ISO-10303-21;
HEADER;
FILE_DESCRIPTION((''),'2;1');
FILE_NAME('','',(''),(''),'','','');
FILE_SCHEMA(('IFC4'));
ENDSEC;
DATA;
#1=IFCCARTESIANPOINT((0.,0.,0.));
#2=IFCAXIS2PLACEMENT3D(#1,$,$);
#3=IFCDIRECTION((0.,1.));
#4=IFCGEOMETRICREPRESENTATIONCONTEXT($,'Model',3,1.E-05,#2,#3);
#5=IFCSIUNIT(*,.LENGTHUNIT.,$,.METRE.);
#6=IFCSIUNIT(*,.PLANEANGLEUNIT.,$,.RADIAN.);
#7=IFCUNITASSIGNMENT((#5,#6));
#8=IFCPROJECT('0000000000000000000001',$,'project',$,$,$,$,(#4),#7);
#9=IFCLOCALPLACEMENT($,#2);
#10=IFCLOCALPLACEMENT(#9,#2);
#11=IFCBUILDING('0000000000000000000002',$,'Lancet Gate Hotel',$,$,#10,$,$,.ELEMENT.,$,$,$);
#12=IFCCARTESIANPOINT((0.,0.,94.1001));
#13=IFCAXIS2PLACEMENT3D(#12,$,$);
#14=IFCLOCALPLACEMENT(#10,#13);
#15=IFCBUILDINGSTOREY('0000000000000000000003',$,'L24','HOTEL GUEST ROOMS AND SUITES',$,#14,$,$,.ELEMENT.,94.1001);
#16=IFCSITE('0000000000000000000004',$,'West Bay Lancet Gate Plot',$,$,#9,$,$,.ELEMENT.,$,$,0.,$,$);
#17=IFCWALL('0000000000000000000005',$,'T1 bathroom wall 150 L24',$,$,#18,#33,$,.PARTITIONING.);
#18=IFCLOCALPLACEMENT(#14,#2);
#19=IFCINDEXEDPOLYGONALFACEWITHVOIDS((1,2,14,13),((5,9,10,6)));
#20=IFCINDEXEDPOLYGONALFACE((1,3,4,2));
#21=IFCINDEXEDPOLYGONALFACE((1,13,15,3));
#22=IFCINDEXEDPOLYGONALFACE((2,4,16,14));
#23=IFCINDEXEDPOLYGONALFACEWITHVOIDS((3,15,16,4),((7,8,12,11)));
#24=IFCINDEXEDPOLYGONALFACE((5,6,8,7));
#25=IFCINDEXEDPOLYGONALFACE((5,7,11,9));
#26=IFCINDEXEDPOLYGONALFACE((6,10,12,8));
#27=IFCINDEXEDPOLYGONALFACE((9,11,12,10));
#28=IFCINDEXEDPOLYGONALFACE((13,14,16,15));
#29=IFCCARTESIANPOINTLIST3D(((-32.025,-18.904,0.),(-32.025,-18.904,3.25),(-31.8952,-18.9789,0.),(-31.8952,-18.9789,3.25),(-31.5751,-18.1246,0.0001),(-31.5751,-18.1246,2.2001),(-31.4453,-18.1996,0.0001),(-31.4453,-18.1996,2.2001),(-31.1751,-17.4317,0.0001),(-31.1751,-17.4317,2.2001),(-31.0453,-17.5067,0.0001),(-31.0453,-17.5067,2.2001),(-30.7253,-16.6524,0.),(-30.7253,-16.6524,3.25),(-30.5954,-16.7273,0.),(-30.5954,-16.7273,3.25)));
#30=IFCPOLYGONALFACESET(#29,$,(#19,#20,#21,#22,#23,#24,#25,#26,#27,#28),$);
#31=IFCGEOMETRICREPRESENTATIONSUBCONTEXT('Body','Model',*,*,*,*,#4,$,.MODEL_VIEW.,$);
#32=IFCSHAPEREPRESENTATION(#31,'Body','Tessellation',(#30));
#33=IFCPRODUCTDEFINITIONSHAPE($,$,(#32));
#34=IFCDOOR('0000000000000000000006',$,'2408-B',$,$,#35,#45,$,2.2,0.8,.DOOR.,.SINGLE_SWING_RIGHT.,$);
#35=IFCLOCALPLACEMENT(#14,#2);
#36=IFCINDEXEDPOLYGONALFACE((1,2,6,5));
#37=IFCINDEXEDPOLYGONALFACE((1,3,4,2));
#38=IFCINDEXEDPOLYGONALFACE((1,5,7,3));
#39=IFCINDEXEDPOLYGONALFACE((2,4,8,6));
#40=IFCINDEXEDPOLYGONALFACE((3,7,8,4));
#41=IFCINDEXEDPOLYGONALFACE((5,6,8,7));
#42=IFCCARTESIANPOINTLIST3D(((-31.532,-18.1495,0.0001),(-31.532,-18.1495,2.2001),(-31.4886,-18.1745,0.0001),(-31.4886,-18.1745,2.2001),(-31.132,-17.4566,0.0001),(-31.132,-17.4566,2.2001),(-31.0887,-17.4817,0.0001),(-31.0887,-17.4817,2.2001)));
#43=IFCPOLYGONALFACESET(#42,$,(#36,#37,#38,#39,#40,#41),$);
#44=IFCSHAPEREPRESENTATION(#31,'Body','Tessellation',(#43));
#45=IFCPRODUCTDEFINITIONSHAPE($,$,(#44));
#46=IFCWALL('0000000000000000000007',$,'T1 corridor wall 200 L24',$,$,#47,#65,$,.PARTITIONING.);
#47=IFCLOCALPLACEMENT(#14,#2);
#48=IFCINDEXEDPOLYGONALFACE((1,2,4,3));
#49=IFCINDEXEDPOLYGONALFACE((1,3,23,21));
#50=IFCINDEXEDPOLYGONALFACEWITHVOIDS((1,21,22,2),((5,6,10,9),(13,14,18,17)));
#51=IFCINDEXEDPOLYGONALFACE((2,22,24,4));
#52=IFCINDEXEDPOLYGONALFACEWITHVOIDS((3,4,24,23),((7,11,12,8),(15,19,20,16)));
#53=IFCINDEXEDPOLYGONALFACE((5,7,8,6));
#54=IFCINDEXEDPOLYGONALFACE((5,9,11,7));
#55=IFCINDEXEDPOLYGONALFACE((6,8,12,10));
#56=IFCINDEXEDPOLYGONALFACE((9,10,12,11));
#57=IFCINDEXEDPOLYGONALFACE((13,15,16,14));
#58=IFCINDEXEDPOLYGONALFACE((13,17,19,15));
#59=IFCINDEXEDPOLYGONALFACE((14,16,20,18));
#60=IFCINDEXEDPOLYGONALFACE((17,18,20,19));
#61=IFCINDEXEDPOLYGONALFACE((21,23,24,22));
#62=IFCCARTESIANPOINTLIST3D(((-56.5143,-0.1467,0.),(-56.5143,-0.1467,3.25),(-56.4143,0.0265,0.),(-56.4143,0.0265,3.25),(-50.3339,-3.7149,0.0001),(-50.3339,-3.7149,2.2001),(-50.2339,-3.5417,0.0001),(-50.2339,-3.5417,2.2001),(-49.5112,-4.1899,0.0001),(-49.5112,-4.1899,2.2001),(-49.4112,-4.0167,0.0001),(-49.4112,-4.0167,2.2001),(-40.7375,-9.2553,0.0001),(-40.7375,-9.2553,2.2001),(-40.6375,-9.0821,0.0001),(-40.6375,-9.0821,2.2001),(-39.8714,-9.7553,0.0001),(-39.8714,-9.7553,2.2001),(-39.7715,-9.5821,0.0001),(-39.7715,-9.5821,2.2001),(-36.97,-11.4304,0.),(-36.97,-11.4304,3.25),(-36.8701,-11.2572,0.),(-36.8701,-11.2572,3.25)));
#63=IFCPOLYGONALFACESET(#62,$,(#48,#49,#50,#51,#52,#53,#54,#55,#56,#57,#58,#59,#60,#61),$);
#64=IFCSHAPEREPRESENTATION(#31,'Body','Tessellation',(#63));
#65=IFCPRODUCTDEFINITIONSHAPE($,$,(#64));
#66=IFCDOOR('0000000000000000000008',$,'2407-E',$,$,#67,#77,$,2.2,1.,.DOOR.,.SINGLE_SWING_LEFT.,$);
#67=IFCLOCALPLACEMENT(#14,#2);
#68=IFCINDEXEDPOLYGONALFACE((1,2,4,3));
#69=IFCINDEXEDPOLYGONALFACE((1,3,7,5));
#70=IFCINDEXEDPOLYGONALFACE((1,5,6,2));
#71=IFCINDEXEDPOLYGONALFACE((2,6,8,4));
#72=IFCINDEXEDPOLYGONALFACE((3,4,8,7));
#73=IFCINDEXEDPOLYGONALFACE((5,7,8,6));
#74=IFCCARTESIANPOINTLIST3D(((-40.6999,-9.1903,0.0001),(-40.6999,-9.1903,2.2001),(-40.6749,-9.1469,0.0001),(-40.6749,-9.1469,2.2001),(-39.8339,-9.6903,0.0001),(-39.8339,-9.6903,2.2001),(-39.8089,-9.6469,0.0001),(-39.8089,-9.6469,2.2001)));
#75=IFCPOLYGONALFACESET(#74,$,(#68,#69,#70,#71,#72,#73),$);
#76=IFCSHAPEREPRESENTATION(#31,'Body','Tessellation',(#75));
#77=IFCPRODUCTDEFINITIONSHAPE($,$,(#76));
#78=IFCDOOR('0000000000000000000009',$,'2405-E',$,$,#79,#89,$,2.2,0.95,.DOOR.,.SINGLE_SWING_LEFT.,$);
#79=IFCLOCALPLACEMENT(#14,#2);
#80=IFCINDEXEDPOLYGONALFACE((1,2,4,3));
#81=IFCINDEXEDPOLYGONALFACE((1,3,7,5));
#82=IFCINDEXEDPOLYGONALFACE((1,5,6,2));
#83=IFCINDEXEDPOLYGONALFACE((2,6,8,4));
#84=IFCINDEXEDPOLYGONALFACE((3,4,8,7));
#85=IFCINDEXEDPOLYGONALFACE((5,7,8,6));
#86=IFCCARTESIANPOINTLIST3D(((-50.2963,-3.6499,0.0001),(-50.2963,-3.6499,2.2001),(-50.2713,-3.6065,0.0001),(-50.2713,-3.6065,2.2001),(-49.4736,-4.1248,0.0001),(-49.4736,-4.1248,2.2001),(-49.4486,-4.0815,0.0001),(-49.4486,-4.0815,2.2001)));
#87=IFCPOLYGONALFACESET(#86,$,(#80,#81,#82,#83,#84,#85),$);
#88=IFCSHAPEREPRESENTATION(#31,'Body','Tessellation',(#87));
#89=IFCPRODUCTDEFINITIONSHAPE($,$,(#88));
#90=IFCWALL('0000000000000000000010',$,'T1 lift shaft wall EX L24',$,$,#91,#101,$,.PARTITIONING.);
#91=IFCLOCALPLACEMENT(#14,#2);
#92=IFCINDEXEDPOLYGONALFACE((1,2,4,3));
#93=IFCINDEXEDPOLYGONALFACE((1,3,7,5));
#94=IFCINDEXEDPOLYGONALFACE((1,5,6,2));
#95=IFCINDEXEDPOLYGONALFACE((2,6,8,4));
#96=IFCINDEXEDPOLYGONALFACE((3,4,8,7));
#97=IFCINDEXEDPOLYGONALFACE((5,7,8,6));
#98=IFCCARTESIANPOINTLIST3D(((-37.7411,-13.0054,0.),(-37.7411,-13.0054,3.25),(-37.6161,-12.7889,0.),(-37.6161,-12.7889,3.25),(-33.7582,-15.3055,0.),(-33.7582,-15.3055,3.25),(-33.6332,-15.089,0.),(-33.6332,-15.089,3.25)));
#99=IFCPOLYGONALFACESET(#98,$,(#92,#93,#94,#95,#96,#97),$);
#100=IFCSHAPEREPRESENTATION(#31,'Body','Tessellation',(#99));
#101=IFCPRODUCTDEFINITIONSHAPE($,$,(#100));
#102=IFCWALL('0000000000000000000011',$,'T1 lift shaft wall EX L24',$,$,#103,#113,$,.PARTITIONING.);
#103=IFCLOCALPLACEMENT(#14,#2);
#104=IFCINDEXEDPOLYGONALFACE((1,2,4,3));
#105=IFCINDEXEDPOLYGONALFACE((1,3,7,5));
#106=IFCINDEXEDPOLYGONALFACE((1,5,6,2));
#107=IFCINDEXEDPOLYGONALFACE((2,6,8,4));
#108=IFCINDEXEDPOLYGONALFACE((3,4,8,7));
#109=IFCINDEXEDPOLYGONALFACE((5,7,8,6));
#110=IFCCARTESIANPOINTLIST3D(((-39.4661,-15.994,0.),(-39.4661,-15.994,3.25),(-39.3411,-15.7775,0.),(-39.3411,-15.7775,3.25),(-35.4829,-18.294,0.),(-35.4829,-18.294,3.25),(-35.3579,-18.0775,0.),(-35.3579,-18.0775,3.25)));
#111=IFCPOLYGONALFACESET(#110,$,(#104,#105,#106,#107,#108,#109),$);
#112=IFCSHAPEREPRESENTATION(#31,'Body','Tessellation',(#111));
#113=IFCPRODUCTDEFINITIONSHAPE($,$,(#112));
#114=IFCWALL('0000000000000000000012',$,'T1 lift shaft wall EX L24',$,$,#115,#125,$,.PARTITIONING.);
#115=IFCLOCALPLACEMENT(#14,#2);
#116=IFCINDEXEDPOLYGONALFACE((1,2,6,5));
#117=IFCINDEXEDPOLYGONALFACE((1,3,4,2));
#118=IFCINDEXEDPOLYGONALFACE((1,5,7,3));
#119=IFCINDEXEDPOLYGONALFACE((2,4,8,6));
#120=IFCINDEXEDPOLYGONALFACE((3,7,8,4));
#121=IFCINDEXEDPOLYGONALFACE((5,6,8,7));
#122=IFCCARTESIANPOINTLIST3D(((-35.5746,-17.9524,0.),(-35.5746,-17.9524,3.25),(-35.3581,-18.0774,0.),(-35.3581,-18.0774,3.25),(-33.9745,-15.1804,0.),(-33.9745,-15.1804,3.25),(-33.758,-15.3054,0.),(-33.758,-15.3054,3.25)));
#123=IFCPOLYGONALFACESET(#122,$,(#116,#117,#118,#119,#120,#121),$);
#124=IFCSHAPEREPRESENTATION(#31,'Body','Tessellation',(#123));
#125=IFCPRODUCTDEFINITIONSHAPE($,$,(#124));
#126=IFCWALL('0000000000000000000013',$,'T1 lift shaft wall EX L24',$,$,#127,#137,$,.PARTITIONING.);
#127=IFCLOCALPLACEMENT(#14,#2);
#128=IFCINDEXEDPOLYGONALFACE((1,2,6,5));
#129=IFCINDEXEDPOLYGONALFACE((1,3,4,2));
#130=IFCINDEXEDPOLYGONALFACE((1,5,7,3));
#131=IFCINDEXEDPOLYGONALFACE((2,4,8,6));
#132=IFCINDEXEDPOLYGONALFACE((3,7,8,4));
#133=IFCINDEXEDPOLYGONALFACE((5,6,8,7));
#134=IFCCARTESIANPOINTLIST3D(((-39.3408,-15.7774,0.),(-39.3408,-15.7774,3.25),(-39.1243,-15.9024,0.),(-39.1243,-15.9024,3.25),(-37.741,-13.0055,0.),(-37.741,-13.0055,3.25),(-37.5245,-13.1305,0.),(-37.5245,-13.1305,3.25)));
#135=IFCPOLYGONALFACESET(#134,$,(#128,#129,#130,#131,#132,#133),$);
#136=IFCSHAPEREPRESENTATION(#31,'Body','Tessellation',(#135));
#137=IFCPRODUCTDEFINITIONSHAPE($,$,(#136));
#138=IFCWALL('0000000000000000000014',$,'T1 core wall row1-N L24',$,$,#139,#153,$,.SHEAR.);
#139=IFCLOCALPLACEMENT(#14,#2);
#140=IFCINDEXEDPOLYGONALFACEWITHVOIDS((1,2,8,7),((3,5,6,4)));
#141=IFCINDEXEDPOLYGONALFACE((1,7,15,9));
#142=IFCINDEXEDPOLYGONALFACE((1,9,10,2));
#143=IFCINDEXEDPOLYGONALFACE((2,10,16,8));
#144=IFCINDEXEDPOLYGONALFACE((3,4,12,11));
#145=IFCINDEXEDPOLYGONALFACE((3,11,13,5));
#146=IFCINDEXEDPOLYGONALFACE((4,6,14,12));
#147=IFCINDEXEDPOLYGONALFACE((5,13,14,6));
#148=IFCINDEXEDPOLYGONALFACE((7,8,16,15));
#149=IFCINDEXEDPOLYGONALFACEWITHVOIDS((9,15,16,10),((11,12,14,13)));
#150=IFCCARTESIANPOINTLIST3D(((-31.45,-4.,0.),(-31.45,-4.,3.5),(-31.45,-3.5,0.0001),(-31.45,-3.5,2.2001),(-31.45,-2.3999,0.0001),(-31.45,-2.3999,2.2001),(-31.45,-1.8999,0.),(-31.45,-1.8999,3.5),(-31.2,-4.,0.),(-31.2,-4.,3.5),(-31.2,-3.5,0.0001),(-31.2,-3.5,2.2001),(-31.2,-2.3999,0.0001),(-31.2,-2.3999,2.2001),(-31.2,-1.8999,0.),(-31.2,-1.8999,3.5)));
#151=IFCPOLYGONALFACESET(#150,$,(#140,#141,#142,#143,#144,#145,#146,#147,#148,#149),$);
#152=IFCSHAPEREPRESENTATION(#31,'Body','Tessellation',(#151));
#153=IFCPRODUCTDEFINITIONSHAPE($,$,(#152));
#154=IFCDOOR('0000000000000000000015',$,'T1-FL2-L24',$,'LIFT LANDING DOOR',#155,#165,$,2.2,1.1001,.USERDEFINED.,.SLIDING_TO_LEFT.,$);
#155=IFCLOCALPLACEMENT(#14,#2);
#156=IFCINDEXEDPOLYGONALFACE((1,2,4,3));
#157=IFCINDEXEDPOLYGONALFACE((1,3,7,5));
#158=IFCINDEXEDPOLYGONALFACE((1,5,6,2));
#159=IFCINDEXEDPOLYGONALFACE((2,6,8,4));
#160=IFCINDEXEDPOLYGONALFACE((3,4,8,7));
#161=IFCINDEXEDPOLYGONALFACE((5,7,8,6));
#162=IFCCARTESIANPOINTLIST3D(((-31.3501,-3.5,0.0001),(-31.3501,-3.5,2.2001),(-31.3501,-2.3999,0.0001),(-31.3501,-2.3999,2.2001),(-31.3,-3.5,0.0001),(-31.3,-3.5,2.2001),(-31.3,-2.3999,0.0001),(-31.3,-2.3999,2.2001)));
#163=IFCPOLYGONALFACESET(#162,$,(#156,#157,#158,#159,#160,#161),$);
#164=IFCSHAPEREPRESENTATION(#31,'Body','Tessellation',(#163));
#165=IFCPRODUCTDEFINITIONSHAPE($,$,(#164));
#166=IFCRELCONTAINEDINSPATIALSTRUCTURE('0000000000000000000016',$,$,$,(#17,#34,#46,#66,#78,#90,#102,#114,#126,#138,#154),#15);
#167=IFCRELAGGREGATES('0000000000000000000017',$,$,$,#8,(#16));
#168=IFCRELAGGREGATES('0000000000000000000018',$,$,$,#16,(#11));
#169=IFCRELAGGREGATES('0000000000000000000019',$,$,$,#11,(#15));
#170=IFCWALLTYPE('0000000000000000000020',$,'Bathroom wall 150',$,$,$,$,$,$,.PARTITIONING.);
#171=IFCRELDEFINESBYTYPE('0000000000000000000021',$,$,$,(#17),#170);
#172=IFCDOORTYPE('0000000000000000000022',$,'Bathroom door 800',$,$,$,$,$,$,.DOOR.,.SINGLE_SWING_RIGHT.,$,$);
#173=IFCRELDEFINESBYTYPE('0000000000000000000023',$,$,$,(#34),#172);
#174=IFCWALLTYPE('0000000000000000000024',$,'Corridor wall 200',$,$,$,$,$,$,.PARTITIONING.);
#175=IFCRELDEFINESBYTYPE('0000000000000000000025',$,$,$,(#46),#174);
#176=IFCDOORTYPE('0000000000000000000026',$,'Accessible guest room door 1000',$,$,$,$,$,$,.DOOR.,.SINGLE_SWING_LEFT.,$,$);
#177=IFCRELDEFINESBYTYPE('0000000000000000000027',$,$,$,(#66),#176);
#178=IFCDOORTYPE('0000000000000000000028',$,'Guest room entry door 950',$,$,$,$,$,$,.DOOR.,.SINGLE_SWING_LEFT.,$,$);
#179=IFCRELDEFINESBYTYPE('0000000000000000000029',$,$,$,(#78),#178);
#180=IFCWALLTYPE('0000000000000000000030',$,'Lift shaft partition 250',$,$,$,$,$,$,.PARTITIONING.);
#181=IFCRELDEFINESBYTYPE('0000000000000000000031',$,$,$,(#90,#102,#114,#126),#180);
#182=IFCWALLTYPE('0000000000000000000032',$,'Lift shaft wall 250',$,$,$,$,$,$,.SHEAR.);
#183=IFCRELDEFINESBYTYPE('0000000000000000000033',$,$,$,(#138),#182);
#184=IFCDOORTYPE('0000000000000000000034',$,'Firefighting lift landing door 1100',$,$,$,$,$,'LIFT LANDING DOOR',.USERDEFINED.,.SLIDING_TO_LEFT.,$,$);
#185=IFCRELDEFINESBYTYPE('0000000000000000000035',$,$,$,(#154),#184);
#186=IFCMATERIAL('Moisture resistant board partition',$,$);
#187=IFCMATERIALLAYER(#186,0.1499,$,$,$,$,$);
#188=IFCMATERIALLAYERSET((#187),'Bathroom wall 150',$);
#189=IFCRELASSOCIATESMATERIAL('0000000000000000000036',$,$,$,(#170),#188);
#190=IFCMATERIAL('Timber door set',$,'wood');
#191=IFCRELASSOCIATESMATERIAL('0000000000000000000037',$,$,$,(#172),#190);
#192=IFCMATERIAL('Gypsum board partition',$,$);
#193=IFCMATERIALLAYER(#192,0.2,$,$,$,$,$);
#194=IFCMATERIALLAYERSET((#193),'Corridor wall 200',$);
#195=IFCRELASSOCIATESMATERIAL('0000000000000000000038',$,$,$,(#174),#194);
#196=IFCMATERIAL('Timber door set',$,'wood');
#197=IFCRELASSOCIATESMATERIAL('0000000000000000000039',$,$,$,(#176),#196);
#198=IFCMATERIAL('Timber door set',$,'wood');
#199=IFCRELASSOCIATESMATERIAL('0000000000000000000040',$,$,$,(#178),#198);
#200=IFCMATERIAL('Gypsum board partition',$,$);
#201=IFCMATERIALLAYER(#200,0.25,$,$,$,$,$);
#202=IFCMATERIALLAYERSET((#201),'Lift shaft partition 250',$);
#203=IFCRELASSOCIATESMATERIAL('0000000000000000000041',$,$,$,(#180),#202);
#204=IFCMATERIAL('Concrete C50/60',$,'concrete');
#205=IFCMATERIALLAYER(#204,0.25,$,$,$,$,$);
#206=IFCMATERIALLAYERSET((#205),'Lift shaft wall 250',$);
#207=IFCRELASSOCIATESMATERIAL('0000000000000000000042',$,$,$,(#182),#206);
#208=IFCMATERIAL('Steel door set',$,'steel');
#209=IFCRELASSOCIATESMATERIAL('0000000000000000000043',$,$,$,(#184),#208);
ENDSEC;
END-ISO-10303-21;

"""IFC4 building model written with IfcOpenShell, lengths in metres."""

from ifc_helpers import new_model, si_unit, direction, frame, frame_2d, origin, place, context, subcontext, project, spatial, rectangle, extrude, material, layer, layer_set, type_object, element, fill, save


model = new_model("IFC4")

# Units and contexts
model_context = context("Model", 3, precision=1e-05, world=origin(), true_north=direction((0.0, 1.0)))
body_context = subcontext(model_context, "Body", "Model", "MODEL_VIEW")
ifc_project = project(units=[si_unit("LENGTHUNIT", "METRE"), si_unit("PLANEANGLEUNIT", "RADIAN")], contexts=[model_context])

# Site, building, storey
site_placement = place(None, origin())
site = spatial("IfcSite", under=ifc_project, at=site_placement, Name="West Bay Lancet Gate Plot", CompositionType="ELEMENT", RefElevation=0.0)
building_placement = place(site_placement, origin())
building = spatial("IfcBuilding", under=site, at=building_placement, Name="Lancet Gate Hotel", CompositionType="ELEMENT")
storey_placement = place(building_placement, frame((0.0, 0.0, 94.1001)))
storey = spatial("IfcBuildingStorey", under=building, at=storey_placement, Name="L24", Description="HOTEL GUEST ROOMS AND SUITES", CompositionType="ELEMENT", Elevation=94.1001)

# Shared definitions
ifc_material_1 = material(Name="Moisture resistant board partition")
ifc_layer_1 = layer(ifc_material_1, 0.1499)
ifc_layer_set_1 = layer_set([ifc_layer_1], Name="Bathroom wall 150")
wall_type_1 = type_object("IfcWallType", Name="Bathroom wall 150", PredefinedType="PARTITIONING", material=ifc_layer_set_1)

# Wall, opening, door
wall_1_placement = place(storey_placement, frame((-30.6604, -16.6899, 0.0), z_axis=(0.0, 0.0, 1.0), x_axis=(-0.499937, -0.866062, 0.0)))
wall_1 = element("IfcWall", 1, at=wall_1_placement, inside=storey, type_object=wall_type_1, Name="T1 bathroom wall 150 L24", PredefinedType="PARTITIONING", context=body_context, shape_type="SweptSolid", body=[
    extrude(rectangle(XDim=2.5999, YDim=0.1499, at=frame_2d((1.2998, 0.0))), origin(), (0.0, 0.0, 1.0), 3.25),
])
opening_1_placement = place(wall_1_placement, frame((0.8999, 0.0, 0.0)))
opening_1 = element("IfcOpeningElement", 2, at=opening_1_placement, cuts=wall_1, PredefinedType="OPENING", context=body_context, shape_type="SweptSolid", body=[
    extrude(rectangle(XDim=0.8, YDim=2.2, at=frame_2d((0.3999, 1.1001))), frame((0.0, 0.085, 0.0), z_axis=(0.0, -1.0, 0.0), x_axis=(1.0, 0.0, 0.0)), (0.0, 0.0, 1.0), 0.1699),
])
ifc_material_2 = material(Name="Timber door set", Category="wood")
door_type_1 = type_object("IfcDoorType", Name="Bathroom door 800", OperationType="SINGLE_SWING_RIGHT", PredefinedType="DOOR", material=ifc_material_2)
door_1_placement = place(opening_1_placement, origin())
door_1 = element("IfcDoor", 3, at=door_1_placement, inside=storey, type_object=door_type_1, Name="2408-B", OperationType="SINGLE_SWING_RIGHT", OverallHeight=2.2, OverallWidth=0.8, PredefinedType="DOOR", context=body_context, shape_type="SweptSolid", body=[
    extrude(rectangle(XDim=0.8, YDim=2.2, at=frame_2d((0.3999, 1.1001))), frame((0.0, 0.0249, 0.0), z_axis=(0.0, -1.0, 0.0), x_axis=(1.0, 0.0, 0.0)), (0.0, 0.0, 1.0), 0.05),
])
fill(opening_1, door_1)

# Wall, openings, doors
ifc_material_3 = material(Name="Gypsum board partition")
ifc_layer_2 = layer(ifc_material_3, 0.2)
ifc_layer_set_2 = layer_set([ifc_layer_2], Name="Corridor wall 200")
wall_type_2 = type_object("IfcWallType", Name="Corridor wall 200", PredefinedType="PARTITIONING", material=ifc_layer_set_2)
wall_2_placement = place(storey_placement, frame((-36.9202, -11.3438, 0.0), z_axis=(0.0, 0.0, 1.0), x_axis=(-0.866028, 0.499995, 0.0)))
wall_2 = element("IfcWall", 4, at=wall_2_placement, inside=storey, type_object=wall_type_2, Name="T1 corridor wall 200 L24", PredefinedType="PARTITIONING", context=body_context, shape_type="SweptSolid", body=[
    extrude(rectangle(XDim=22.5676, YDim=0.2, at=frame_2d((11.2837, 0.0))), origin(), (0.0, 0.0, 1.0), 3.25),
])
opening_2_placement = place(wall_2_placement, frame((14.481, 0.0, 0.0)))
opening_2 = element("IfcOpeningElement", 5, at=opening_2_placement, cuts=wall_2, PredefinedType="OPENING", context=body_context, shape_type="SweptSolid", body=[
    extrude(rectangle(XDim=0.95, YDim=2.2, at=frame_2d((0.4751, 1.1001))), frame((0.0, 0.1099, 0.0), z_axis=(0.0, -1.0, 0.0), x_axis=(1.0, 0.0, 0.0)), (0.0, 0.0, 1.0), 0.22),
])
opening_3_placement = place(wall_2_placement, frame((3.3501, 0.0, 0.0)))
opening_3 = element("IfcOpeningElement", 6, at=opening_3_placement, cuts=wall_2, PredefinedType="OPENING", context=body_context, shape_type="SweptSolid", body=[
    extrude(rectangle(XDim=1.0, YDim=2.2, at=frame_2d((0.5, 1.1001))), frame((0.0, 0.1099, 0.0), z_axis=(0.0, -1.0, 0.0), x_axis=(1.0, 0.0, 0.0)), (0.0, 0.0, 1.0), 0.22),
])
ifc_material_4 = material(Name="Timber door set", Category="wood")
door_type_2 = type_object("IfcDoorType", Name="Accessible guest room door 1000", OperationType="SINGLE_SWING_LEFT", PredefinedType="DOOR", material=ifc_material_4)
door_2_placement = place(opening_3_placement, origin())
door_2 = element("IfcDoor", 7, at=door_2_placement, inside=storey, type_object=door_type_2, Name="2407-E", OperationType="SINGLE_SWING_LEFT", OverallHeight=2.2, OverallWidth=1.0, PredefinedType="DOOR", context=body_context, shape_type="SweptSolid", body=[
    extrude(rectangle(XDim=1.0, YDim=2.2, at=frame_2d((0.5, 1.1001))), frame((0.0, 0.0249, 0.0), z_axis=(0.0, -1.0, 0.0), x_axis=(1.0, 0.0, 0.0)), (0.0, 0.0, 1.0), 0.05),
])
fill(opening_3, door_2)
ifc_material_5 = material(Name="Timber door set", Category="wood")
door_type_3 = type_object("IfcDoorType", Name="Guest room entry door 950", OperationType="SINGLE_SWING_LEFT", PredefinedType="DOOR", material=ifc_material_5)
door_3_placement = place(opening_2_placement, origin())
door_3 = element("IfcDoor", 8, at=door_3_placement, inside=storey, type_object=door_type_3, Name="2405-E", OperationType="SINGLE_SWING_LEFT", OverallHeight=2.2, OverallWidth=0.95, PredefinedType="DOOR", context=body_context, shape_type="SweptSolid", body=[
    extrude(rectangle(XDim=0.95, YDim=2.2, at=frame_2d((0.4751, 1.1001))), frame((0.0, 0.0249, 0.0), z_axis=(0.0, -1.0, 0.0), x_axis=(1.0, 0.0, 0.0)), (0.0, 0.0, 1.0), 0.05),
])
fill(opening_2, door_3)

# Walls
ifc_material_6 = material(Name="Gypsum board partition")
ifc_layer_3 = layer(ifc_material_6, 0.25)
ifc_layer_set_3 = layer_set([ifc_layer_3], Name="Lift shaft partition 250")
wall_type_3 = type_object("IfcWallType", Name="Lift shaft partition 250", PredefinedType="PARTITIONING", material=ifc_layer_set_3)
wall_3_placement = place(storey_placement, frame((-33.6956, -15.1973, 0.0), z_axis=(0.0, 0.0, 1.0), x_axis=(-0.865977, 0.500084, 0.0)))
element("IfcWall", 9, at=wall_3_placement, inside=storey, type_object=wall_type_3, Name="T1 lift shaft wall EX L24", PredefinedType="PARTITIONING", context=body_context, shape_type="SweptSolid", body=[
    extrude(rectangle(XDim=4.5994, YDim=0.25, at=frame_2d((2.2998, 0.0))), origin(), (0.0, 0.0, 1.0), 3.25),
])
wall_4_placement = place(storey_placement, frame((-35.4204, -18.1858, 0.0), z_axis=(0.0, 0.0, 1.0), x_axis=(-0.86599, 0.500061, 0.0)))
element("IfcWall", 10, at=wall_4_placement, inside=storey, type_object=wall_type_3, Name="T1 lift shaft wall EX L24", PredefinedType="PARTITIONING", context=body_context, shape_type="SweptSolid", body=[
    extrude(rectangle(XDim=4.5996, YDim=0.25, at=frame_2d((2.2998, 0.0))), origin(), (0.0, 0.0, 1.0), 3.25),
])
wall_5_placement = place(storey_placement, frame((-33.8662, -15.2429, 0.0), z_axis=(0.0, 0.0, 1.0), x_axis=(-0.499929, -0.866066, 0.0)))
element("IfcWall", 11, at=wall_5_placement, inside=storey, type_object=wall_type_3, Name="T1 lift shaft wall EX L24", PredefinedType="PARTITIONING", context=body_context, shape_type="SweptSolid", body=[
    extrude(rectangle(XDim=3.2007, YDim=0.25, at=frame_2d((1.6003, 0.0))), origin(), (0.0, 0.0, 1.0), 3.25),
])
wall_6_placement = place(storey_placement, frame((-37.6328, -13.0681, 0.0), z_axis=(0.0, 0.0, 1.0), x_axis=(-0.499872, -0.866099, 0.0)))
element("IfcWall", 12, at=wall_6_placement, inside=storey, type_object=wall_type_3, Name="T1 lift shaft wall EX L24", PredefinedType="PARTITIONING", context=body_context, shape_type="SweptSolid", body=[
    extrude(rectangle(XDim=3.2004, YDim=0.25, at=frame_2d((1.6001, 0.0))), origin(), (0.0, 0.0, 1.0), 3.25),
])

# Wall, opening, door
ifc_material_7 = material(Name="Concrete C50/60", Category="concrete")
ifc_layer_4 = layer(ifc_material_7, 0.25)
ifc_layer_set_4 = layer_set([ifc_layer_4], Name="Lift shaft wall 250")
wall_type_4 = type_object("IfcWallType", Name="Lift shaft wall 250", PredefinedType="SHEAR", material=ifc_layer_set_4)
wall_7_placement = place(storey_placement, frame((-31.325, -1.8999, 0.0), z_axis=(0.0, 0.0, 1.0), x_axis=(0.0, -1.0, 0.0)))
wall_7 = element("IfcWall", 13, at=wall_7_placement, inside=storey, type_object=wall_type_4, Name="T1 core wall row1-N L24", PredefinedType="SHEAR", context=body_context, shape_type="SweptSolid", body=[
    extrude(rectangle(XDim=2.1001, YDim=0.25, at=frame_2d((1.05, 0.0))), origin(), (0.0, 0.0, 1.0), 3.5),
])
opening_4_placement = place(wall_7_placement, frame((0.5, 0.0, 0.0)))
opening_4 = element("IfcOpeningElement", 14, at=opening_4_placement, cuts=wall_7, PredefinedType="OPENING", context=body_context, shape_type="SweptSolid", body=[
    extrude(rectangle(XDim=1.1001, YDim=2.2, at=frame_2d((0.55, 1.1001))), frame((0.0, 0.135, 0.0), z_axis=(0.0, -1.0, 0.0), x_axis=(1.0, 0.0, 0.0)), (0.0, 0.0, 1.0), 0.27),
])
ifc_material_8 = material(Name="Steel door set", Category="steel")
door_type_4 = type_object("IfcDoorType", Name="Firefighting lift landing door 1100", ElementType="LIFT LANDING DOOR", OperationType="SLIDING_TO_LEFT", PredefinedType="USERDEFINED", material=ifc_material_8)
door_4_placement = place(opening_4_placement, origin())
door_4 = element("IfcDoor", 15, at=door_4_placement, inside=storey, type_object=door_type_4, Name="T1-FL2-L24", ObjectType="LIFT LANDING DOOR", OperationType="SLIDING_TO_LEFT", OverallHeight=2.2, OverallWidth=1.1001, PredefinedType="USERDEFINED", context=body_context, shape_type="SweptSolid", body=[
    extrude(rectangle(XDim=1.1001, YDim=2.2, at=frame_2d((0.55, 1.1001))), frame((0.0, 0.0249, 0.0), z_axis=(0.0, -1.0, 0.0), x_axis=(1.0, 0.0, 0.0)), (0.0, 0.0, 1.0), 0.05),
])
fill(opening_4, door_4)

save(model, "model.ifc")
